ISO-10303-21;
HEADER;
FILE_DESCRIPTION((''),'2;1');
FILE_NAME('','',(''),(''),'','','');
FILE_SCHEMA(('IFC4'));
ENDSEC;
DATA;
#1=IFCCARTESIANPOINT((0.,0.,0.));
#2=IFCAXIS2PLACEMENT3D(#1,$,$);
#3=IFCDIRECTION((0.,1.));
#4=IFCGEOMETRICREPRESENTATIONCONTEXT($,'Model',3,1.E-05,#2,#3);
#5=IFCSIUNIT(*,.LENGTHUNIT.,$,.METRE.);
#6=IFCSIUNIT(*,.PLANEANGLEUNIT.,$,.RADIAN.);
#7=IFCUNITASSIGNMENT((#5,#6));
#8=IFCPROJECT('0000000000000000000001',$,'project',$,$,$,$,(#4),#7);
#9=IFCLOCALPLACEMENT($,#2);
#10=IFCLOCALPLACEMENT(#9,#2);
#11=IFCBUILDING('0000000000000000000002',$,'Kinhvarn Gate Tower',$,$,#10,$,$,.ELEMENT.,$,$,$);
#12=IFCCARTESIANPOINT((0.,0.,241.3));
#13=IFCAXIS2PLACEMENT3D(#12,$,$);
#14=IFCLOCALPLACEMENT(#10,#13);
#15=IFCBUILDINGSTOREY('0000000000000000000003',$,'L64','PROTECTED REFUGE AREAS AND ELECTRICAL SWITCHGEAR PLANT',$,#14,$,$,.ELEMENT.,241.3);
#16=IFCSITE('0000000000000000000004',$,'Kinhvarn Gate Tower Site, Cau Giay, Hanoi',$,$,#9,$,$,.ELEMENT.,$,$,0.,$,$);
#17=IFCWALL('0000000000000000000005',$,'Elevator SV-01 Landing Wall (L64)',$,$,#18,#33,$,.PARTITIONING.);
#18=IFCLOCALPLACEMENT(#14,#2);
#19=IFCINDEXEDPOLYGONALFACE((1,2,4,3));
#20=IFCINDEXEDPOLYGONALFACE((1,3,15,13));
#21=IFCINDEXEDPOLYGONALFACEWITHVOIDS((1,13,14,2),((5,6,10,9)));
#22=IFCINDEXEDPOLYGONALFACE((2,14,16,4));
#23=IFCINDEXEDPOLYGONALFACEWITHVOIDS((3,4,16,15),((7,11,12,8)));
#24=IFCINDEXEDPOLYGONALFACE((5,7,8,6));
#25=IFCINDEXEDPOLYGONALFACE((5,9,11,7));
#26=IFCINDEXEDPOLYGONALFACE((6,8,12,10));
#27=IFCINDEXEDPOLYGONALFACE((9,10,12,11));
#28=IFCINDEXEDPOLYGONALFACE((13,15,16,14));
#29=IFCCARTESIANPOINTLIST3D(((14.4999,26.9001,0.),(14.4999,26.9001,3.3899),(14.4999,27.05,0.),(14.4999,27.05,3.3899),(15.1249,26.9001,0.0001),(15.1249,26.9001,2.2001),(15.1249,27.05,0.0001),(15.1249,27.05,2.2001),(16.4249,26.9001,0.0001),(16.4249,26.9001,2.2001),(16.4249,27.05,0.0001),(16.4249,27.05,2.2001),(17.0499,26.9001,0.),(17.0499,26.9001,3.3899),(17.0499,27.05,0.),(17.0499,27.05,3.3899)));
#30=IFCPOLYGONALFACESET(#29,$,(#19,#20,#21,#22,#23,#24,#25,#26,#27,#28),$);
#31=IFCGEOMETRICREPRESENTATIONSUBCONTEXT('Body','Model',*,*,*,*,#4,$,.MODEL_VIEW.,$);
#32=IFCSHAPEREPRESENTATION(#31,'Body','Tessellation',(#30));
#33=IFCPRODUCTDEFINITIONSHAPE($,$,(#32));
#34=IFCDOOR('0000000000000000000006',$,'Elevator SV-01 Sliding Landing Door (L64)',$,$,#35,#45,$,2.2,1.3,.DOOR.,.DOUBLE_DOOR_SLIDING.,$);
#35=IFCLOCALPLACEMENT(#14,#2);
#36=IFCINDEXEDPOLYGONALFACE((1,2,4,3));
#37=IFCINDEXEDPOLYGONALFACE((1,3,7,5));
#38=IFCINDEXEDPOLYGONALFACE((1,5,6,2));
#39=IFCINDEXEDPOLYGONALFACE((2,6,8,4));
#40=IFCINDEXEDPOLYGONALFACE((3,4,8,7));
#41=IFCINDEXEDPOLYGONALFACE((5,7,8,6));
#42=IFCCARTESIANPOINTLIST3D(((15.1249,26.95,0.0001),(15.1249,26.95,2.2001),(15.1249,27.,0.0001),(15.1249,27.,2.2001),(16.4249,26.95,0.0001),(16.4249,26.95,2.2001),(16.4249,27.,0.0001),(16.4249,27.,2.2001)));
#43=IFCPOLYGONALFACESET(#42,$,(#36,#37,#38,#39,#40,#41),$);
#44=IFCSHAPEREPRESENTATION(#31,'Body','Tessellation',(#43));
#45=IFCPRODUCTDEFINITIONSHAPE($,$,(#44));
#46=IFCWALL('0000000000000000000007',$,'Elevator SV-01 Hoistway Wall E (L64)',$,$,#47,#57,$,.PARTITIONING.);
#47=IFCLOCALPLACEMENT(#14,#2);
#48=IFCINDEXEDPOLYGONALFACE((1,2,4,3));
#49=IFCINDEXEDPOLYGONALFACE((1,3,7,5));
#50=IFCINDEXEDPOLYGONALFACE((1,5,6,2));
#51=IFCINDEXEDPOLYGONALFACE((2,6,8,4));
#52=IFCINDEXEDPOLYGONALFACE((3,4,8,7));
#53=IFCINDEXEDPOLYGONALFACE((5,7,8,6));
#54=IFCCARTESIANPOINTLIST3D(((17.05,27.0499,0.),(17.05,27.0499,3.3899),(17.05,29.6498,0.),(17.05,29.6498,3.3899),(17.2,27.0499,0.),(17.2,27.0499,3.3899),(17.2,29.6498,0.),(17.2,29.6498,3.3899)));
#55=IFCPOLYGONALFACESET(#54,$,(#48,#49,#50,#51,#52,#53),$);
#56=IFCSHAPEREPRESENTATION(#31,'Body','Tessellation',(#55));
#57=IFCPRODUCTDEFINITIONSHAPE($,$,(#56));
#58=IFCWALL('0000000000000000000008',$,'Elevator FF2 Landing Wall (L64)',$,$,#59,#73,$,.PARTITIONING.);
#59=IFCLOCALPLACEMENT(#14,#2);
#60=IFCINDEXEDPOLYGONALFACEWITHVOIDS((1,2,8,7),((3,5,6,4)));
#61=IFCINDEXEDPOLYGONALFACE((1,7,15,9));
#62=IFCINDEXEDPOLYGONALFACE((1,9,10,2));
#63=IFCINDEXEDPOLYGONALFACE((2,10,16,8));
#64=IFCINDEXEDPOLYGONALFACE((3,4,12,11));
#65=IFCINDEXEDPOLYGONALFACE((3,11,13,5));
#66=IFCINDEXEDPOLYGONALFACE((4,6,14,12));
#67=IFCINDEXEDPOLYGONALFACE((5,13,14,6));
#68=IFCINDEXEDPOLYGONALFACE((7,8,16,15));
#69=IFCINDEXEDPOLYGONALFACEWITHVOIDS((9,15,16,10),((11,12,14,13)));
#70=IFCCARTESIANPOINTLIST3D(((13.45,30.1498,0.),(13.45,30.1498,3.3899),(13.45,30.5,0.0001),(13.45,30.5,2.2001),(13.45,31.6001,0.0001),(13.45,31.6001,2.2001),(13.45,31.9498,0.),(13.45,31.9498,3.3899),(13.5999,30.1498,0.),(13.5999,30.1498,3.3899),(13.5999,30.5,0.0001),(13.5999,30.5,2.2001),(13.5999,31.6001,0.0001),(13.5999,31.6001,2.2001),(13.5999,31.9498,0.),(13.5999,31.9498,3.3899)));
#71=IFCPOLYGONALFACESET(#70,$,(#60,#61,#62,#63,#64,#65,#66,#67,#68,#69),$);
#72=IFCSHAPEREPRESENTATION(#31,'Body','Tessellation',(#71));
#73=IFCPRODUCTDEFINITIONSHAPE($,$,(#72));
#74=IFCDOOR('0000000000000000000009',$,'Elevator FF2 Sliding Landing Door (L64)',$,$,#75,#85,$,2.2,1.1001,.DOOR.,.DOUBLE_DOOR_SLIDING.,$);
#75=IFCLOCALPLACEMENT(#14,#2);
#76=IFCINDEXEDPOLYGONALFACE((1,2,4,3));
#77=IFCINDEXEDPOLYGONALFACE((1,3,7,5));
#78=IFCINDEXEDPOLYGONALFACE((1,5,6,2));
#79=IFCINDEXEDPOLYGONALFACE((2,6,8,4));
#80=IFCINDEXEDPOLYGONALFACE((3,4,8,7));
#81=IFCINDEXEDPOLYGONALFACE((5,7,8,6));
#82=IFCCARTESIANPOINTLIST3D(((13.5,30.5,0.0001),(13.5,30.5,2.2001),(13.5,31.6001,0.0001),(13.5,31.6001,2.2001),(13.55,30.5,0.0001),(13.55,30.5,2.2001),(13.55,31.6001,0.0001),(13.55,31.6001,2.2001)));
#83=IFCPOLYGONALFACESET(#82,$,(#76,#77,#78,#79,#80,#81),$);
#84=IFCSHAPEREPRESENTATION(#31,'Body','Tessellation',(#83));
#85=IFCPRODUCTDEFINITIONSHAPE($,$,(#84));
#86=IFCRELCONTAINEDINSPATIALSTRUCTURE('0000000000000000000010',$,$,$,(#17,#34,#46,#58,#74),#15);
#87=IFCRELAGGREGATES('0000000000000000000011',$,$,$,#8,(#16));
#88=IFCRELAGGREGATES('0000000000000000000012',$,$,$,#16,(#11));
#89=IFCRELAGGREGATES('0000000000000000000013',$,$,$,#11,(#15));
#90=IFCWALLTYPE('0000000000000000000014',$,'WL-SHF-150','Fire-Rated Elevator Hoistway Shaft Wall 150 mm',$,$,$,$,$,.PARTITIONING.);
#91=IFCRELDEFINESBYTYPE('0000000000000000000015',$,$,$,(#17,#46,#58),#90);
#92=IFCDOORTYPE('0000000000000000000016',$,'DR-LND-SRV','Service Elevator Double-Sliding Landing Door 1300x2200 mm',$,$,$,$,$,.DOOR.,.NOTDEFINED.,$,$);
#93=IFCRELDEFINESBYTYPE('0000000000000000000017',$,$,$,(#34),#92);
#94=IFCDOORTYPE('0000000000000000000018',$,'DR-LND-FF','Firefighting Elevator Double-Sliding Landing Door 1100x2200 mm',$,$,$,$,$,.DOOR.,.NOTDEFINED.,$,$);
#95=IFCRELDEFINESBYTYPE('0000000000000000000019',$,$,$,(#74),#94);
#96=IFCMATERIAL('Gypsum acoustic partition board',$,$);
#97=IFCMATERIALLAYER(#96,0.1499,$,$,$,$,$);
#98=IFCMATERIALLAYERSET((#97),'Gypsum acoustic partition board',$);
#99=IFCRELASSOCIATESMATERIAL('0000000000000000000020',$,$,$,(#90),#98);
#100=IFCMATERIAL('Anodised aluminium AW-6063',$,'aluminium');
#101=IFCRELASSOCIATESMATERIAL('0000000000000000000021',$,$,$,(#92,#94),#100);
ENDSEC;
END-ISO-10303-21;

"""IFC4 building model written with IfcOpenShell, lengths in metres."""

from ifc_helpers import new_model, si_unit, direction, frame, frame_2d, origin, place, context, subcontext, project, spatial, rectangle, extrude, material, layer, layer_set, type_object, element, fill, save


model = new_model("IFC4")

# Units and contexts
model_context = context("Model", 3, precision=1e-05, world=origin(), true_north=direction((0.0, 1.0)))
body_context = subcontext(model_context, "Body", "Model", "MODEL_VIEW")
ifc_project = project(units=[si_unit("LENGTHUNIT", "METRE"), si_unit("PLANEANGLEUNIT", "RADIAN")], contexts=[model_context])

# Site, building, storey
site_placement = place(None, origin())
site = spatial("IfcSite", under=ifc_project, at=site_placement, Name="Kinhvarn Gate Tower Site, Cau Giay, Hanoi", CompositionType="ELEMENT", RefElevation=0.0)
building_placement = place(site_placement, origin())
building = spatial("IfcBuilding", under=site, at=building_placement, Name="Kinhvarn Gate Tower", CompositionType="ELEMENT")
storey_placement = place(building_placement, frame((0.0, 0.0, 241.3)))
storey = spatial("IfcBuildingStorey", under=building, at=storey_placement, Name="L64", Description="PROTECTED REFUGE AREAS AND ELECTRICAL SWITCHGEAR PLANT", CompositionType="ELEMENT", Elevation=241.3)

# Shared definitions
ifc_material_1 = material(Name="Anodised aluminium AW-6063", Category="aluminium")
ifc_material_2 = material(Name="Gypsum acoustic partition board")

# Shared definitions
ifc_layer_1 = layer(ifc_material_2, 0.1499)
ifc_layer_set_1 = layer_set([ifc_layer_1], Name="Gypsum acoustic partition board")
wall_type_1 = type_object("IfcWallType", Name="WL-SHF-150", Description="Fire-Rated Elevator Hoistway Shaft Wall 150 mm", PredefinedType="PARTITIONING", material=ifc_layer_set_1)

# Wall, opening, door
wall_1_placement = place(storey_placement, frame((14.5, 26.9751, 0.0), z_axis=(0.0, 0.0, 1.0), x_axis=(1.0, 0.0, 0.0)))
wall_1 = element("IfcWall", 1, at=wall_1_placement, inside=storey, type_object=wall_type_1, Name="Elevator SV-01 Landing Wall (L64)", PredefinedType="PARTITIONING", context=body_context, shape_type="SweptSolid", body=[
    extrude(rectangle(XDim=2.55, YDim=0.1499, at=frame_2d((1.2749, 0.0))), origin(), (0.0, 0.0, 1.0), 3.3899),
])
opening_1_placement = place(wall_1_placement, frame((0.625, 0.0, 0.0)))
opening_1 = element("IfcOpeningElement", 2, at=opening_1_placement, cuts=wall_1, PredefinedType="OPENING", context=body_context, shape_type="SweptSolid", body=[
    extrude(rectangle(XDim=1.3, YDim=2.2, at=frame_2d((0.6499, 1.1001))), frame((0.0, 0.085, 0.0), z_axis=(0.0, -1.0, 0.0), x_axis=(1.0, 0.0, 0.0)), (0.0, 0.0, 1.0), 0.1699),
])
door_type_1 = type_object("IfcDoorType", Name="DR-LND-SRV", Description="Service Elevator Double-Sliding Landing Door 1300x2200 mm", OperationType="NOTDEFINED", PredefinedType="DOOR", material=ifc_material_1)
door_1_placement = place(opening_1_placement, origin())
door_1 = element("IfcDoor", 3, at=door_1_placement, inside=storey, type_object=door_type_1, Name="Elevator SV-01 Sliding Landing Door (L64)", OperationType="DOUBLE_DOOR_SLIDING", OverallHeight=2.2, OverallWidth=1.3, PredefinedType="DOOR", context=body_context, shape_type="SweptSolid", body=[
    extrude(rectangle(XDim=1.3, YDim=2.2, at=frame_2d((0.6499, 1.1001))), frame((0.0, 0.0249, 0.0), z_axis=(0.0, -1.0, 0.0), x_axis=(1.0, 0.0, 0.0)), (0.0, 0.0, 1.0), 0.05),
])
fill(opening_1, door_1)

# Wall
wall_2_placement = place(storey_placement, frame((17.125, 27.05, 0.0), z_axis=(0.0, 0.0, 1.0), x_axis=(0.0, 1.0, 0.0)))
element("IfcWall", 4, at=wall_2_placement, inside=storey, type_object=wall_type_1, Name="Elevator SV-01 Hoistway Wall E (L64)", PredefinedType="PARTITIONING", context=body_context, shape_type="SweptSolid", body=[
    extrude(rectangle(XDim=2.5999, YDim=0.1499, at=frame_2d((1.2998, 0.0))), origin(), (0.0, 0.0, 1.0), 3.3899),
])

# Wall, opening, door
wall_3_placement = place(storey_placement, frame((13.5249, 30.1499, 0.0), z_axis=(0.0, 0.0, 1.0), x_axis=(0.0, 1.0, 0.0)))
wall_3 = element("IfcWall", 5, at=wall_3_placement, inside=storey, type_object=wall_type_1, Name="Elevator FF2 Landing Wall (L64)", PredefinedType="PARTITIONING", context=body_context, shape_type="SweptSolid", body=[
    extrude(rectangle(XDim=1.8, YDim=0.1499, at=frame_2d((0.8999, 0.0))), origin(), (0.0, 0.0, 1.0), 3.3899),
])
opening_2_placement = place(wall_3_placement, frame((0.3501, 0.0, 0.0)))
opening_2 = element("IfcOpeningElement", 6, at=opening_2_placement, cuts=wall_3, PredefinedType="OPENING", context=body_context, shape_type="SweptSolid", body=[
    extrude(rectangle(XDim=1.1001, YDim=2.2, at=frame_2d((0.55, 1.1001))), frame((0.0, 0.085, 0.0), z_axis=(0.0, -1.0, 0.0), x_axis=(1.0, 0.0, 0.0)), (0.0, 0.0, 1.0), 0.1699),
])
door_type_2 = type_object("IfcDoorType", Name="DR-LND-FF", Description="Firefighting Elevator Double-Sliding Landing Door 1100x2200 mm", OperationType="NOTDEFINED", PredefinedType="DOOR", material=ifc_material_1)
door_2_placement = place(opening_2_placement, origin())
door_2 = element("IfcDoor", 7, at=door_2_placement, inside=storey, type_object=door_type_2, Name="Elevator FF2 Sliding Landing Door (L64)", OperationType="DOUBLE_DOOR_SLIDING", OverallHeight=2.2, OverallWidth=1.1001, PredefinedType="DOOR", context=body_context, shape_type="SweptSolid", body=[
    extrude(rectangle(XDim=1.1001, YDim=2.2, at=frame_2d((0.55, 1.1001))), frame((0.0, 0.0249, 0.0), z_axis=(0.0, -1.0, 0.0), x_axis=(1.0, 0.0, 0.0)), (0.0, 0.0, 1.0), 0.05),
])
fill(opening_2, door_2)

save(model, "model.ifc")
